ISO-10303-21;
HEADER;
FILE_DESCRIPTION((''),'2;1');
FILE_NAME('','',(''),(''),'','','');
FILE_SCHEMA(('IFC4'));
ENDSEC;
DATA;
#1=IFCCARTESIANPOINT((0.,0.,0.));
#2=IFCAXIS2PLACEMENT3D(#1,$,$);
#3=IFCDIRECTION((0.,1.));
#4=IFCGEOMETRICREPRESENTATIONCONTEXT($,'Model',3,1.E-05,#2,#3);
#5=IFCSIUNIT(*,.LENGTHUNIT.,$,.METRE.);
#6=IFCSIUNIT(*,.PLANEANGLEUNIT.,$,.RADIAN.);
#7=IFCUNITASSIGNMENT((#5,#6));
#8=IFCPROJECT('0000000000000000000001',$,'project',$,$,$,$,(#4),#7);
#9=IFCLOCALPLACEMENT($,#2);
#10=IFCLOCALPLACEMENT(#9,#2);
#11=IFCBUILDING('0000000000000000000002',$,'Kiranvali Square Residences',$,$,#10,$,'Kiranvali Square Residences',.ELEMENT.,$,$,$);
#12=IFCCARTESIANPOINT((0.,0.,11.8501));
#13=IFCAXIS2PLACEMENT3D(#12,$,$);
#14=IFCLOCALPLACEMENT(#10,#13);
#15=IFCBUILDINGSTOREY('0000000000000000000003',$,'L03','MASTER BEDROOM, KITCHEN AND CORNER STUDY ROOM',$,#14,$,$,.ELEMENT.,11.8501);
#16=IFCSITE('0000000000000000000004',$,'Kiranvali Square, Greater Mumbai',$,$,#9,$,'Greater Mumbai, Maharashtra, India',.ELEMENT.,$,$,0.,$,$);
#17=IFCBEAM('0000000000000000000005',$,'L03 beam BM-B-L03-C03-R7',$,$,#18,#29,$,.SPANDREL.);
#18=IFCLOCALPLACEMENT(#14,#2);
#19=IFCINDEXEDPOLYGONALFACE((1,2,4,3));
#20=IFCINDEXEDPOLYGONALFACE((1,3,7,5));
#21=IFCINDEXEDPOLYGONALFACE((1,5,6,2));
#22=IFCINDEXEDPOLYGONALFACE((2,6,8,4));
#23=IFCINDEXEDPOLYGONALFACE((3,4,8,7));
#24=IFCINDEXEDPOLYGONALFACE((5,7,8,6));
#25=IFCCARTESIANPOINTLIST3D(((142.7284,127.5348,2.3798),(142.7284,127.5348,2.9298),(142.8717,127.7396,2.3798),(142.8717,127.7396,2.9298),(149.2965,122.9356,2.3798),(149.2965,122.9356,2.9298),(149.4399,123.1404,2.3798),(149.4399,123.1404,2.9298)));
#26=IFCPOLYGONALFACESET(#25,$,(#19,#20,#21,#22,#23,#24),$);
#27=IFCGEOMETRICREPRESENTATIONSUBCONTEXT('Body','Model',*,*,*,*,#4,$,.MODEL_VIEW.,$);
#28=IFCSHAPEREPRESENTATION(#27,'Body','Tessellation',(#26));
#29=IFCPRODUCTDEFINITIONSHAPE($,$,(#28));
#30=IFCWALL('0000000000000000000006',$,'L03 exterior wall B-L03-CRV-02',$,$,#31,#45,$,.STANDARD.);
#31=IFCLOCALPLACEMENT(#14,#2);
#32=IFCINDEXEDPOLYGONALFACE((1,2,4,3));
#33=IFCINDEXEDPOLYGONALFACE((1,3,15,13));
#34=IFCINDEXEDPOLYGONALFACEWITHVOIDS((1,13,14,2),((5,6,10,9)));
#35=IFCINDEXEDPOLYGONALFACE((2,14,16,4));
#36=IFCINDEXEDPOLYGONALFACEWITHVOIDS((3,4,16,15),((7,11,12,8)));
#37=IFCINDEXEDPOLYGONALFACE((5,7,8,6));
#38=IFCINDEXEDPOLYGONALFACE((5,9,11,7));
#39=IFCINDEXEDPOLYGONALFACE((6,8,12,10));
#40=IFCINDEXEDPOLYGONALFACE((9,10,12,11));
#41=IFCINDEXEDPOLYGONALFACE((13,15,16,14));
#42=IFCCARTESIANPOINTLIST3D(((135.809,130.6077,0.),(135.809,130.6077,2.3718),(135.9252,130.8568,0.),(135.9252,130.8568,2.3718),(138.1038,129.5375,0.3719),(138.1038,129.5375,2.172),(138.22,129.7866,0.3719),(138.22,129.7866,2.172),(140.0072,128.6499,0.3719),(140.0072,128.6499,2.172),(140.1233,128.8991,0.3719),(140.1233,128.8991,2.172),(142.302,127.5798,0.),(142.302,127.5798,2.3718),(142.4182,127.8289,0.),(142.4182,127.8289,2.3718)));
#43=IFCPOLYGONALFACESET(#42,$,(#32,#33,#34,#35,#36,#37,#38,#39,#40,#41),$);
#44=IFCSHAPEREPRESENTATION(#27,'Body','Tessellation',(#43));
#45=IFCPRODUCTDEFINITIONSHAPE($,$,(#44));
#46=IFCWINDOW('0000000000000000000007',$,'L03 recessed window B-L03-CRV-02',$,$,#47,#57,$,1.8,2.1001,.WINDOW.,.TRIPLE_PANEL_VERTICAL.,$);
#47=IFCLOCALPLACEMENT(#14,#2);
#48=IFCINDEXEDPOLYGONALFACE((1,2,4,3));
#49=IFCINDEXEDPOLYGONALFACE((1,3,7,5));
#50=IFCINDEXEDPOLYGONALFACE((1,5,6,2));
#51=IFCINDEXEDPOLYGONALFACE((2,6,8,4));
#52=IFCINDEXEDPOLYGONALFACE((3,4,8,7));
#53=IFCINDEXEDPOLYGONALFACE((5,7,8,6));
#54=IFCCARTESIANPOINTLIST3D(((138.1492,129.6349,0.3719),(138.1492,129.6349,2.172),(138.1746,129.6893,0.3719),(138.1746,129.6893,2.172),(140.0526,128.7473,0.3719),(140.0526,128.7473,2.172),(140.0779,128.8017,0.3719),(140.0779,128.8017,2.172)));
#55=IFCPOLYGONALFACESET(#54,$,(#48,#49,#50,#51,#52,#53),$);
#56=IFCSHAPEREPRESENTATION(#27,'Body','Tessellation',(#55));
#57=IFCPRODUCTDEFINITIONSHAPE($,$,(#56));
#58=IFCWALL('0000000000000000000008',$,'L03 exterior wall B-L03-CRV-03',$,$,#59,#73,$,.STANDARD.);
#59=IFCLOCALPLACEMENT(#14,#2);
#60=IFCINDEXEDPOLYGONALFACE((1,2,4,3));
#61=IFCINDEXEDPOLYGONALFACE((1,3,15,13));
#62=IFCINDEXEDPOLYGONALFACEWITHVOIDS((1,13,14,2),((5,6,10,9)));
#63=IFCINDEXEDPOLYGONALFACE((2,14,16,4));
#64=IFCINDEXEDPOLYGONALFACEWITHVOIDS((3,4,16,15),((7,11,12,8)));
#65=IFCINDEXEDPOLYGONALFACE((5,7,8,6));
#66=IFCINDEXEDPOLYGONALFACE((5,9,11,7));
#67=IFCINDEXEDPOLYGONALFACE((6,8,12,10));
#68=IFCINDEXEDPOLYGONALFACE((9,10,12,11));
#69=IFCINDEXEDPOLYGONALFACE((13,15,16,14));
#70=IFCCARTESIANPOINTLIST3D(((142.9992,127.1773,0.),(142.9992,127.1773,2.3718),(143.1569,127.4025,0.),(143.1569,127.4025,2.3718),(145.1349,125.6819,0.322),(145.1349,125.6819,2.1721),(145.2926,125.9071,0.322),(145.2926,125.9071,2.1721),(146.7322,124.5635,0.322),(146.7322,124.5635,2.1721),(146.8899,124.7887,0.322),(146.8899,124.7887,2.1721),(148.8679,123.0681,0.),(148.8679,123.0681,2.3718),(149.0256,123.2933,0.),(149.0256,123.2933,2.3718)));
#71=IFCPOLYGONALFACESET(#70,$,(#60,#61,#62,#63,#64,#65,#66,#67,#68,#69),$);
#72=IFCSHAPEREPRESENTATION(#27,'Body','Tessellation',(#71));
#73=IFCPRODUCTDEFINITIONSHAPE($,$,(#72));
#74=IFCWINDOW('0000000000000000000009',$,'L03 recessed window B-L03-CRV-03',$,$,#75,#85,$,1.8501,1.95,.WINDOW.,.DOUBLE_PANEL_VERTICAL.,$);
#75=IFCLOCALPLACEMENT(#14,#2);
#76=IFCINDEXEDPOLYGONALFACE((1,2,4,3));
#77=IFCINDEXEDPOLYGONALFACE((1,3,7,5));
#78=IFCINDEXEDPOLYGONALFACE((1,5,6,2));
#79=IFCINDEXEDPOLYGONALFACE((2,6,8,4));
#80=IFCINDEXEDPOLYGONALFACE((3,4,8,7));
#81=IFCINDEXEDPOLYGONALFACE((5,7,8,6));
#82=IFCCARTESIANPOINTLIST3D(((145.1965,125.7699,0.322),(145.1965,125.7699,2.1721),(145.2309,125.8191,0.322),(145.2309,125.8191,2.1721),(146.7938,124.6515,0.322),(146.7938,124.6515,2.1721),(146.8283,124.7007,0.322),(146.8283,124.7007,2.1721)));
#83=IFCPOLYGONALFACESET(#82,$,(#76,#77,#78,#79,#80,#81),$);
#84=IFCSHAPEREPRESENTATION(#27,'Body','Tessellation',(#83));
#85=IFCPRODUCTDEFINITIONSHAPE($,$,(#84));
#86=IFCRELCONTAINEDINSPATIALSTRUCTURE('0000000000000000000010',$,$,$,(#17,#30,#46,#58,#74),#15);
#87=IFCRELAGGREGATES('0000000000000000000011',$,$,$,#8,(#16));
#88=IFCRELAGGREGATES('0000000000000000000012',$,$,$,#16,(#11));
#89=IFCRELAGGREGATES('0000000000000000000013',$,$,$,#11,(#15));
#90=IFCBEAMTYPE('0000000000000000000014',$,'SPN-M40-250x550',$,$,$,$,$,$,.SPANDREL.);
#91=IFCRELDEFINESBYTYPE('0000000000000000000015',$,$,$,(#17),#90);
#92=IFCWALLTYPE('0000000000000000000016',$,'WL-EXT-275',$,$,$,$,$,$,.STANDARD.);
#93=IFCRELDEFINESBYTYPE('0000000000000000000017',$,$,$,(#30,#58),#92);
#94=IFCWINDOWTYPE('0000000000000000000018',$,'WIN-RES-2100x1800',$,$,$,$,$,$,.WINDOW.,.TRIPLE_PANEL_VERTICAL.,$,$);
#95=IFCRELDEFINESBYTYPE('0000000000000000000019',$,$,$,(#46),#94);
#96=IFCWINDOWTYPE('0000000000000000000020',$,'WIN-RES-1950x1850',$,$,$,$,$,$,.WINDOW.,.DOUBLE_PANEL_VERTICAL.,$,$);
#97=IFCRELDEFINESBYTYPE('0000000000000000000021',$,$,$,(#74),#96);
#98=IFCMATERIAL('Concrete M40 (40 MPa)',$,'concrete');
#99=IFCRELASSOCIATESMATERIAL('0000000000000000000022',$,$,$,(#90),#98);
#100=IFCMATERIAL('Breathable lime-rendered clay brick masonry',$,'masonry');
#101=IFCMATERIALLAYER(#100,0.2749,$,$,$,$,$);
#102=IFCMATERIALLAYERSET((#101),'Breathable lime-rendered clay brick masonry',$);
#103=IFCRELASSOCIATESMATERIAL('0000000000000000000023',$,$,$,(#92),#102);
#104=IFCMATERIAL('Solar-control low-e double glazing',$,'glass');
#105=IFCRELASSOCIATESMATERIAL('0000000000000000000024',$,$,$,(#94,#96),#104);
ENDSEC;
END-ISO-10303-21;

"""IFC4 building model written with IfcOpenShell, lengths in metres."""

from ifc_helpers import new_model, si_unit, direction, frame, frame_2d, origin, origin_2d, place, context, subcontext, project, spatial, rectangle, extrude, material, layer, layer_set, material_profile, profile_set, type_object, element, fill, save


model = new_model("IFC4")

# Units and contexts
model_context = context("Model", 3, precision=1e-05, world=origin(), true_north=direction((0.0, 1.0)))
body_context = subcontext(model_context, "Body", "Model", "MODEL_VIEW")
ifc_project = project(units=[si_unit("LENGTHUNIT", "METRE"), si_unit("PLANEANGLEUNIT", "RADIAN")], contexts=[model_context])

# Site, building, storey
site_placement = place(None, origin())
site = spatial("IfcSite", under=ifc_project, at=site_placement, Name="Kiranvali Square, Greater Mumbai", LongName="Greater Mumbai, Maharashtra, India", CompositionType="ELEMENT", RefElevation=0.0)
building_placement = place(site_placement, origin())
building = spatial("IfcBuilding", under=site, at=building_placement, Name="Kiranvali Square Residences", LongName="Kiranvali Square Residences", CompositionType="ELEMENT")
storey_placement = place(building_placement, frame((0.0, 0.0, 11.8501)))
storey = spatial("IfcBuildingStorey", under=building, at=storey_placement, Name="L03", Description="MASTER BEDROOM, KITCHEN AND CORNER STUDY ROOM", CompositionType="ELEMENT", Elevation=11.8501)

# Beam
ifc_material_1 = material(Name="Concrete M40 (40 MPa)", Category="concrete")
ifc_material_profile_1 = material_profile(ifc_material_1, rectangle(XDim=0.25, YDim=0.55, at=origin_2d()), Name="RC 250x550")
ifc_profile_set_1 = profile_set([ifc_material_profile_1], Name="Concrete M40 (40 MPa)")
beam_type_1 = type_object("IfcBeamType", Name="SPN-M40-250x550", PredefinedType="SPANDREL", material=ifc_profile_set_1)
for number, where, z_axis, x_axis, name in (
    (1, (142.8, 127.6372, 2.6548), (0.819148, -0.573583, 0.0), (0.573583, 0.819148, 0.0), "L03 beam BM-B-L03-C03-R7"),
):
    element("IfcBeam", number, at=place(storey_placement, frame(where, z_axis=z_axis, x_axis=x_axis)), inside=storey, type_object=beam_type_1, Name=name, PredefinedType="SPANDREL", context=body_context, shape_type="SweptSolid", body=[
        extrude(rectangle(XDim=0.25, YDim=0.55, at=origin_2d()), origin(), (0.0, 0.0, 1.0), 8.0183),
    ])

# Walls, openings, windows
ifc_material_2 = material(Name="Breathable lime-rendered clay brick masonry", Category="masonry")
ifc_layer = layer(ifc_material_2, 0.2749)
ifc_layer_set = layer_set([ifc_layer], Name="Breathable lime-rendered clay brick masonry")
wall_type = type_object("IfcWallType", Name="WL-EXT-275", PredefinedType="STANDARD", material=ifc_layer_set)
wall_1_placement = place(storey_placement, frame((135.8672, 130.7322, 0.0), z_axis=(0.0, 0.0, 1.0), x_axis=(0.906301, -0.422634, 0.0)))
wall_1 = element("IfcWall", 2, at=wall_1_placement, inside=storey, type_object=wall_type, Name="L03 exterior wall B-L03-CRV-02", PredefinedType="STANDARD", context=body_context, shape_type="SweptSolid", body=[
    extrude(rectangle(XDim=7.1643, YDim=0.2749, at=frame_2d((3.582, 0.0))), origin(), (0.0, 0.0, 1.0), 2.3718),
])
opening_1_placement = place(wall_1_placement, frame((2.532, 0.0, 0.3721)))
opening_1 = element("IfcOpeningElement", 3, at=opening_1_placement, cuts=wall_1, PredefinedType="OPENING", context=body_context, shape_type="SweptSolid", body=[
    extrude(rectangle(XDim=2.1001, YDim=1.8, at=frame_2d((1.05, 0.8999))), frame((0.0, 0.1475, 0.0), z_axis=(0.0, -1.0, 0.0), x_axis=(1.0, 0.0, 0.0)), (0.0, 0.0, 1.0), 0.2949),
])
ifc_material_3 = material(Name="Solar-control low-e double glazing", Category="glass")
window_type_1 = type_object("IfcWindowType", Name="WIN-RES-2100x1800", PartitioningType="TRIPLE_PANEL_VERTICAL", PredefinedType="WINDOW", material=ifc_material_3)
window_1_placement = place(opening_1_placement, origin())
window_1 = element("IfcWindow", 4, at=window_1_placement, inside=storey, type_object=window_type_1, Name="L03 recessed window B-L03-CRV-02", OverallHeight=1.8, OverallWidth=2.1001, PartitioningType="TRIPLE_PANEL_VERTICAL", PredefinedType="WINDOW", context=body_context, shape_type="SweptSolid", body=[
    extrude(rectangle(XDim=2.1001, YDim=1.8, at=frame_2d((1.05, 0.8999))), frame((0.0, 0.03, 0.0), z_axis=(0.0, -1.0, 0.0), x_axis=(1.0, 0.0, 0.0)), (0.0, 0.0, 1.0), 0.0601),
])
fill(opening_1, window_1)
wall_2_placement = place(storey_placement, frame((143.0781, 127.2898, 0.0), z_axis=(0.0, 0.0, 1.0), x_axis=(0.819161, -0.573563, 0.0)))
wall_2 = element("IfcWall", 5, at=wall_2_placement, inside=storey, type_object=wall_type, Name="L03 exterior wall B-L03-CRV-03", PredefinedType="STANDARD", context=body_context, shape_type="SweptSolid", body=[
    extrude(rectangle(XDim=7.1643, YDim=0.2749, at=frame_2d((3.582, 0.0))), origin(), (0.0, 0.0, 1.0), 2.3718),
])
opening_2_placement = place(wall_2_placement, frame((2.6069, 0.0, 0.322)))
opening_2 = element("IfcOpeningElement", 6, at=opening_2_placement, cuts=wall_2, PredefinedType="OPENING", context=body_context, shape_type="SweptSolid", body=[
    extrude(rectangle(XDim=1.95, YDim=1.8501, at=frame_2d((0.9751, 0.925))), frame((0.0, 0.1475, 0.0), z_axis=(0.0, -1.0, 0.0), x_axis=(1.0, 0.0, 0.0)), (0.0, 0.0, 1.0), 0.2949),
])
window_type_2 = type_object("IfcWindowType", Name="WIN-RES-1950x1850", PartitioningType="DOUBLE_PANEL_VERTICAL", PredefinedType="WINDOW", material=ifc_material_3)
window_2_placement = place(opening_2_placement, origin())
window_2 = element("IfcWindow", 7, at=window_2_placement, inside=storey, type_object=window_type_2, Name="L03 recessed window B-L03-CRV-03", OverallHeight=1.8501, OverallWidth=1.95, PartitioningType="DOUBLE_PANEL_VERTICAL", PredefinedType="WINDOW", context=body_context, shape_type="SweptSolid", body=[
    extrude(rectangle(XDim=1.95, YDim=1.8501, at=frame_2d((0.9751, 0.925))), frame((0.0, 0.03, 0.0), z_axis=(0.0, -1.0, 0.0), x_axis=(1.0, 0.0, 0.0)), (0.0, 0.0, 1.0), 0.0601),
])
fill(opening_2, window_2)

save(model, "model.ifc")
